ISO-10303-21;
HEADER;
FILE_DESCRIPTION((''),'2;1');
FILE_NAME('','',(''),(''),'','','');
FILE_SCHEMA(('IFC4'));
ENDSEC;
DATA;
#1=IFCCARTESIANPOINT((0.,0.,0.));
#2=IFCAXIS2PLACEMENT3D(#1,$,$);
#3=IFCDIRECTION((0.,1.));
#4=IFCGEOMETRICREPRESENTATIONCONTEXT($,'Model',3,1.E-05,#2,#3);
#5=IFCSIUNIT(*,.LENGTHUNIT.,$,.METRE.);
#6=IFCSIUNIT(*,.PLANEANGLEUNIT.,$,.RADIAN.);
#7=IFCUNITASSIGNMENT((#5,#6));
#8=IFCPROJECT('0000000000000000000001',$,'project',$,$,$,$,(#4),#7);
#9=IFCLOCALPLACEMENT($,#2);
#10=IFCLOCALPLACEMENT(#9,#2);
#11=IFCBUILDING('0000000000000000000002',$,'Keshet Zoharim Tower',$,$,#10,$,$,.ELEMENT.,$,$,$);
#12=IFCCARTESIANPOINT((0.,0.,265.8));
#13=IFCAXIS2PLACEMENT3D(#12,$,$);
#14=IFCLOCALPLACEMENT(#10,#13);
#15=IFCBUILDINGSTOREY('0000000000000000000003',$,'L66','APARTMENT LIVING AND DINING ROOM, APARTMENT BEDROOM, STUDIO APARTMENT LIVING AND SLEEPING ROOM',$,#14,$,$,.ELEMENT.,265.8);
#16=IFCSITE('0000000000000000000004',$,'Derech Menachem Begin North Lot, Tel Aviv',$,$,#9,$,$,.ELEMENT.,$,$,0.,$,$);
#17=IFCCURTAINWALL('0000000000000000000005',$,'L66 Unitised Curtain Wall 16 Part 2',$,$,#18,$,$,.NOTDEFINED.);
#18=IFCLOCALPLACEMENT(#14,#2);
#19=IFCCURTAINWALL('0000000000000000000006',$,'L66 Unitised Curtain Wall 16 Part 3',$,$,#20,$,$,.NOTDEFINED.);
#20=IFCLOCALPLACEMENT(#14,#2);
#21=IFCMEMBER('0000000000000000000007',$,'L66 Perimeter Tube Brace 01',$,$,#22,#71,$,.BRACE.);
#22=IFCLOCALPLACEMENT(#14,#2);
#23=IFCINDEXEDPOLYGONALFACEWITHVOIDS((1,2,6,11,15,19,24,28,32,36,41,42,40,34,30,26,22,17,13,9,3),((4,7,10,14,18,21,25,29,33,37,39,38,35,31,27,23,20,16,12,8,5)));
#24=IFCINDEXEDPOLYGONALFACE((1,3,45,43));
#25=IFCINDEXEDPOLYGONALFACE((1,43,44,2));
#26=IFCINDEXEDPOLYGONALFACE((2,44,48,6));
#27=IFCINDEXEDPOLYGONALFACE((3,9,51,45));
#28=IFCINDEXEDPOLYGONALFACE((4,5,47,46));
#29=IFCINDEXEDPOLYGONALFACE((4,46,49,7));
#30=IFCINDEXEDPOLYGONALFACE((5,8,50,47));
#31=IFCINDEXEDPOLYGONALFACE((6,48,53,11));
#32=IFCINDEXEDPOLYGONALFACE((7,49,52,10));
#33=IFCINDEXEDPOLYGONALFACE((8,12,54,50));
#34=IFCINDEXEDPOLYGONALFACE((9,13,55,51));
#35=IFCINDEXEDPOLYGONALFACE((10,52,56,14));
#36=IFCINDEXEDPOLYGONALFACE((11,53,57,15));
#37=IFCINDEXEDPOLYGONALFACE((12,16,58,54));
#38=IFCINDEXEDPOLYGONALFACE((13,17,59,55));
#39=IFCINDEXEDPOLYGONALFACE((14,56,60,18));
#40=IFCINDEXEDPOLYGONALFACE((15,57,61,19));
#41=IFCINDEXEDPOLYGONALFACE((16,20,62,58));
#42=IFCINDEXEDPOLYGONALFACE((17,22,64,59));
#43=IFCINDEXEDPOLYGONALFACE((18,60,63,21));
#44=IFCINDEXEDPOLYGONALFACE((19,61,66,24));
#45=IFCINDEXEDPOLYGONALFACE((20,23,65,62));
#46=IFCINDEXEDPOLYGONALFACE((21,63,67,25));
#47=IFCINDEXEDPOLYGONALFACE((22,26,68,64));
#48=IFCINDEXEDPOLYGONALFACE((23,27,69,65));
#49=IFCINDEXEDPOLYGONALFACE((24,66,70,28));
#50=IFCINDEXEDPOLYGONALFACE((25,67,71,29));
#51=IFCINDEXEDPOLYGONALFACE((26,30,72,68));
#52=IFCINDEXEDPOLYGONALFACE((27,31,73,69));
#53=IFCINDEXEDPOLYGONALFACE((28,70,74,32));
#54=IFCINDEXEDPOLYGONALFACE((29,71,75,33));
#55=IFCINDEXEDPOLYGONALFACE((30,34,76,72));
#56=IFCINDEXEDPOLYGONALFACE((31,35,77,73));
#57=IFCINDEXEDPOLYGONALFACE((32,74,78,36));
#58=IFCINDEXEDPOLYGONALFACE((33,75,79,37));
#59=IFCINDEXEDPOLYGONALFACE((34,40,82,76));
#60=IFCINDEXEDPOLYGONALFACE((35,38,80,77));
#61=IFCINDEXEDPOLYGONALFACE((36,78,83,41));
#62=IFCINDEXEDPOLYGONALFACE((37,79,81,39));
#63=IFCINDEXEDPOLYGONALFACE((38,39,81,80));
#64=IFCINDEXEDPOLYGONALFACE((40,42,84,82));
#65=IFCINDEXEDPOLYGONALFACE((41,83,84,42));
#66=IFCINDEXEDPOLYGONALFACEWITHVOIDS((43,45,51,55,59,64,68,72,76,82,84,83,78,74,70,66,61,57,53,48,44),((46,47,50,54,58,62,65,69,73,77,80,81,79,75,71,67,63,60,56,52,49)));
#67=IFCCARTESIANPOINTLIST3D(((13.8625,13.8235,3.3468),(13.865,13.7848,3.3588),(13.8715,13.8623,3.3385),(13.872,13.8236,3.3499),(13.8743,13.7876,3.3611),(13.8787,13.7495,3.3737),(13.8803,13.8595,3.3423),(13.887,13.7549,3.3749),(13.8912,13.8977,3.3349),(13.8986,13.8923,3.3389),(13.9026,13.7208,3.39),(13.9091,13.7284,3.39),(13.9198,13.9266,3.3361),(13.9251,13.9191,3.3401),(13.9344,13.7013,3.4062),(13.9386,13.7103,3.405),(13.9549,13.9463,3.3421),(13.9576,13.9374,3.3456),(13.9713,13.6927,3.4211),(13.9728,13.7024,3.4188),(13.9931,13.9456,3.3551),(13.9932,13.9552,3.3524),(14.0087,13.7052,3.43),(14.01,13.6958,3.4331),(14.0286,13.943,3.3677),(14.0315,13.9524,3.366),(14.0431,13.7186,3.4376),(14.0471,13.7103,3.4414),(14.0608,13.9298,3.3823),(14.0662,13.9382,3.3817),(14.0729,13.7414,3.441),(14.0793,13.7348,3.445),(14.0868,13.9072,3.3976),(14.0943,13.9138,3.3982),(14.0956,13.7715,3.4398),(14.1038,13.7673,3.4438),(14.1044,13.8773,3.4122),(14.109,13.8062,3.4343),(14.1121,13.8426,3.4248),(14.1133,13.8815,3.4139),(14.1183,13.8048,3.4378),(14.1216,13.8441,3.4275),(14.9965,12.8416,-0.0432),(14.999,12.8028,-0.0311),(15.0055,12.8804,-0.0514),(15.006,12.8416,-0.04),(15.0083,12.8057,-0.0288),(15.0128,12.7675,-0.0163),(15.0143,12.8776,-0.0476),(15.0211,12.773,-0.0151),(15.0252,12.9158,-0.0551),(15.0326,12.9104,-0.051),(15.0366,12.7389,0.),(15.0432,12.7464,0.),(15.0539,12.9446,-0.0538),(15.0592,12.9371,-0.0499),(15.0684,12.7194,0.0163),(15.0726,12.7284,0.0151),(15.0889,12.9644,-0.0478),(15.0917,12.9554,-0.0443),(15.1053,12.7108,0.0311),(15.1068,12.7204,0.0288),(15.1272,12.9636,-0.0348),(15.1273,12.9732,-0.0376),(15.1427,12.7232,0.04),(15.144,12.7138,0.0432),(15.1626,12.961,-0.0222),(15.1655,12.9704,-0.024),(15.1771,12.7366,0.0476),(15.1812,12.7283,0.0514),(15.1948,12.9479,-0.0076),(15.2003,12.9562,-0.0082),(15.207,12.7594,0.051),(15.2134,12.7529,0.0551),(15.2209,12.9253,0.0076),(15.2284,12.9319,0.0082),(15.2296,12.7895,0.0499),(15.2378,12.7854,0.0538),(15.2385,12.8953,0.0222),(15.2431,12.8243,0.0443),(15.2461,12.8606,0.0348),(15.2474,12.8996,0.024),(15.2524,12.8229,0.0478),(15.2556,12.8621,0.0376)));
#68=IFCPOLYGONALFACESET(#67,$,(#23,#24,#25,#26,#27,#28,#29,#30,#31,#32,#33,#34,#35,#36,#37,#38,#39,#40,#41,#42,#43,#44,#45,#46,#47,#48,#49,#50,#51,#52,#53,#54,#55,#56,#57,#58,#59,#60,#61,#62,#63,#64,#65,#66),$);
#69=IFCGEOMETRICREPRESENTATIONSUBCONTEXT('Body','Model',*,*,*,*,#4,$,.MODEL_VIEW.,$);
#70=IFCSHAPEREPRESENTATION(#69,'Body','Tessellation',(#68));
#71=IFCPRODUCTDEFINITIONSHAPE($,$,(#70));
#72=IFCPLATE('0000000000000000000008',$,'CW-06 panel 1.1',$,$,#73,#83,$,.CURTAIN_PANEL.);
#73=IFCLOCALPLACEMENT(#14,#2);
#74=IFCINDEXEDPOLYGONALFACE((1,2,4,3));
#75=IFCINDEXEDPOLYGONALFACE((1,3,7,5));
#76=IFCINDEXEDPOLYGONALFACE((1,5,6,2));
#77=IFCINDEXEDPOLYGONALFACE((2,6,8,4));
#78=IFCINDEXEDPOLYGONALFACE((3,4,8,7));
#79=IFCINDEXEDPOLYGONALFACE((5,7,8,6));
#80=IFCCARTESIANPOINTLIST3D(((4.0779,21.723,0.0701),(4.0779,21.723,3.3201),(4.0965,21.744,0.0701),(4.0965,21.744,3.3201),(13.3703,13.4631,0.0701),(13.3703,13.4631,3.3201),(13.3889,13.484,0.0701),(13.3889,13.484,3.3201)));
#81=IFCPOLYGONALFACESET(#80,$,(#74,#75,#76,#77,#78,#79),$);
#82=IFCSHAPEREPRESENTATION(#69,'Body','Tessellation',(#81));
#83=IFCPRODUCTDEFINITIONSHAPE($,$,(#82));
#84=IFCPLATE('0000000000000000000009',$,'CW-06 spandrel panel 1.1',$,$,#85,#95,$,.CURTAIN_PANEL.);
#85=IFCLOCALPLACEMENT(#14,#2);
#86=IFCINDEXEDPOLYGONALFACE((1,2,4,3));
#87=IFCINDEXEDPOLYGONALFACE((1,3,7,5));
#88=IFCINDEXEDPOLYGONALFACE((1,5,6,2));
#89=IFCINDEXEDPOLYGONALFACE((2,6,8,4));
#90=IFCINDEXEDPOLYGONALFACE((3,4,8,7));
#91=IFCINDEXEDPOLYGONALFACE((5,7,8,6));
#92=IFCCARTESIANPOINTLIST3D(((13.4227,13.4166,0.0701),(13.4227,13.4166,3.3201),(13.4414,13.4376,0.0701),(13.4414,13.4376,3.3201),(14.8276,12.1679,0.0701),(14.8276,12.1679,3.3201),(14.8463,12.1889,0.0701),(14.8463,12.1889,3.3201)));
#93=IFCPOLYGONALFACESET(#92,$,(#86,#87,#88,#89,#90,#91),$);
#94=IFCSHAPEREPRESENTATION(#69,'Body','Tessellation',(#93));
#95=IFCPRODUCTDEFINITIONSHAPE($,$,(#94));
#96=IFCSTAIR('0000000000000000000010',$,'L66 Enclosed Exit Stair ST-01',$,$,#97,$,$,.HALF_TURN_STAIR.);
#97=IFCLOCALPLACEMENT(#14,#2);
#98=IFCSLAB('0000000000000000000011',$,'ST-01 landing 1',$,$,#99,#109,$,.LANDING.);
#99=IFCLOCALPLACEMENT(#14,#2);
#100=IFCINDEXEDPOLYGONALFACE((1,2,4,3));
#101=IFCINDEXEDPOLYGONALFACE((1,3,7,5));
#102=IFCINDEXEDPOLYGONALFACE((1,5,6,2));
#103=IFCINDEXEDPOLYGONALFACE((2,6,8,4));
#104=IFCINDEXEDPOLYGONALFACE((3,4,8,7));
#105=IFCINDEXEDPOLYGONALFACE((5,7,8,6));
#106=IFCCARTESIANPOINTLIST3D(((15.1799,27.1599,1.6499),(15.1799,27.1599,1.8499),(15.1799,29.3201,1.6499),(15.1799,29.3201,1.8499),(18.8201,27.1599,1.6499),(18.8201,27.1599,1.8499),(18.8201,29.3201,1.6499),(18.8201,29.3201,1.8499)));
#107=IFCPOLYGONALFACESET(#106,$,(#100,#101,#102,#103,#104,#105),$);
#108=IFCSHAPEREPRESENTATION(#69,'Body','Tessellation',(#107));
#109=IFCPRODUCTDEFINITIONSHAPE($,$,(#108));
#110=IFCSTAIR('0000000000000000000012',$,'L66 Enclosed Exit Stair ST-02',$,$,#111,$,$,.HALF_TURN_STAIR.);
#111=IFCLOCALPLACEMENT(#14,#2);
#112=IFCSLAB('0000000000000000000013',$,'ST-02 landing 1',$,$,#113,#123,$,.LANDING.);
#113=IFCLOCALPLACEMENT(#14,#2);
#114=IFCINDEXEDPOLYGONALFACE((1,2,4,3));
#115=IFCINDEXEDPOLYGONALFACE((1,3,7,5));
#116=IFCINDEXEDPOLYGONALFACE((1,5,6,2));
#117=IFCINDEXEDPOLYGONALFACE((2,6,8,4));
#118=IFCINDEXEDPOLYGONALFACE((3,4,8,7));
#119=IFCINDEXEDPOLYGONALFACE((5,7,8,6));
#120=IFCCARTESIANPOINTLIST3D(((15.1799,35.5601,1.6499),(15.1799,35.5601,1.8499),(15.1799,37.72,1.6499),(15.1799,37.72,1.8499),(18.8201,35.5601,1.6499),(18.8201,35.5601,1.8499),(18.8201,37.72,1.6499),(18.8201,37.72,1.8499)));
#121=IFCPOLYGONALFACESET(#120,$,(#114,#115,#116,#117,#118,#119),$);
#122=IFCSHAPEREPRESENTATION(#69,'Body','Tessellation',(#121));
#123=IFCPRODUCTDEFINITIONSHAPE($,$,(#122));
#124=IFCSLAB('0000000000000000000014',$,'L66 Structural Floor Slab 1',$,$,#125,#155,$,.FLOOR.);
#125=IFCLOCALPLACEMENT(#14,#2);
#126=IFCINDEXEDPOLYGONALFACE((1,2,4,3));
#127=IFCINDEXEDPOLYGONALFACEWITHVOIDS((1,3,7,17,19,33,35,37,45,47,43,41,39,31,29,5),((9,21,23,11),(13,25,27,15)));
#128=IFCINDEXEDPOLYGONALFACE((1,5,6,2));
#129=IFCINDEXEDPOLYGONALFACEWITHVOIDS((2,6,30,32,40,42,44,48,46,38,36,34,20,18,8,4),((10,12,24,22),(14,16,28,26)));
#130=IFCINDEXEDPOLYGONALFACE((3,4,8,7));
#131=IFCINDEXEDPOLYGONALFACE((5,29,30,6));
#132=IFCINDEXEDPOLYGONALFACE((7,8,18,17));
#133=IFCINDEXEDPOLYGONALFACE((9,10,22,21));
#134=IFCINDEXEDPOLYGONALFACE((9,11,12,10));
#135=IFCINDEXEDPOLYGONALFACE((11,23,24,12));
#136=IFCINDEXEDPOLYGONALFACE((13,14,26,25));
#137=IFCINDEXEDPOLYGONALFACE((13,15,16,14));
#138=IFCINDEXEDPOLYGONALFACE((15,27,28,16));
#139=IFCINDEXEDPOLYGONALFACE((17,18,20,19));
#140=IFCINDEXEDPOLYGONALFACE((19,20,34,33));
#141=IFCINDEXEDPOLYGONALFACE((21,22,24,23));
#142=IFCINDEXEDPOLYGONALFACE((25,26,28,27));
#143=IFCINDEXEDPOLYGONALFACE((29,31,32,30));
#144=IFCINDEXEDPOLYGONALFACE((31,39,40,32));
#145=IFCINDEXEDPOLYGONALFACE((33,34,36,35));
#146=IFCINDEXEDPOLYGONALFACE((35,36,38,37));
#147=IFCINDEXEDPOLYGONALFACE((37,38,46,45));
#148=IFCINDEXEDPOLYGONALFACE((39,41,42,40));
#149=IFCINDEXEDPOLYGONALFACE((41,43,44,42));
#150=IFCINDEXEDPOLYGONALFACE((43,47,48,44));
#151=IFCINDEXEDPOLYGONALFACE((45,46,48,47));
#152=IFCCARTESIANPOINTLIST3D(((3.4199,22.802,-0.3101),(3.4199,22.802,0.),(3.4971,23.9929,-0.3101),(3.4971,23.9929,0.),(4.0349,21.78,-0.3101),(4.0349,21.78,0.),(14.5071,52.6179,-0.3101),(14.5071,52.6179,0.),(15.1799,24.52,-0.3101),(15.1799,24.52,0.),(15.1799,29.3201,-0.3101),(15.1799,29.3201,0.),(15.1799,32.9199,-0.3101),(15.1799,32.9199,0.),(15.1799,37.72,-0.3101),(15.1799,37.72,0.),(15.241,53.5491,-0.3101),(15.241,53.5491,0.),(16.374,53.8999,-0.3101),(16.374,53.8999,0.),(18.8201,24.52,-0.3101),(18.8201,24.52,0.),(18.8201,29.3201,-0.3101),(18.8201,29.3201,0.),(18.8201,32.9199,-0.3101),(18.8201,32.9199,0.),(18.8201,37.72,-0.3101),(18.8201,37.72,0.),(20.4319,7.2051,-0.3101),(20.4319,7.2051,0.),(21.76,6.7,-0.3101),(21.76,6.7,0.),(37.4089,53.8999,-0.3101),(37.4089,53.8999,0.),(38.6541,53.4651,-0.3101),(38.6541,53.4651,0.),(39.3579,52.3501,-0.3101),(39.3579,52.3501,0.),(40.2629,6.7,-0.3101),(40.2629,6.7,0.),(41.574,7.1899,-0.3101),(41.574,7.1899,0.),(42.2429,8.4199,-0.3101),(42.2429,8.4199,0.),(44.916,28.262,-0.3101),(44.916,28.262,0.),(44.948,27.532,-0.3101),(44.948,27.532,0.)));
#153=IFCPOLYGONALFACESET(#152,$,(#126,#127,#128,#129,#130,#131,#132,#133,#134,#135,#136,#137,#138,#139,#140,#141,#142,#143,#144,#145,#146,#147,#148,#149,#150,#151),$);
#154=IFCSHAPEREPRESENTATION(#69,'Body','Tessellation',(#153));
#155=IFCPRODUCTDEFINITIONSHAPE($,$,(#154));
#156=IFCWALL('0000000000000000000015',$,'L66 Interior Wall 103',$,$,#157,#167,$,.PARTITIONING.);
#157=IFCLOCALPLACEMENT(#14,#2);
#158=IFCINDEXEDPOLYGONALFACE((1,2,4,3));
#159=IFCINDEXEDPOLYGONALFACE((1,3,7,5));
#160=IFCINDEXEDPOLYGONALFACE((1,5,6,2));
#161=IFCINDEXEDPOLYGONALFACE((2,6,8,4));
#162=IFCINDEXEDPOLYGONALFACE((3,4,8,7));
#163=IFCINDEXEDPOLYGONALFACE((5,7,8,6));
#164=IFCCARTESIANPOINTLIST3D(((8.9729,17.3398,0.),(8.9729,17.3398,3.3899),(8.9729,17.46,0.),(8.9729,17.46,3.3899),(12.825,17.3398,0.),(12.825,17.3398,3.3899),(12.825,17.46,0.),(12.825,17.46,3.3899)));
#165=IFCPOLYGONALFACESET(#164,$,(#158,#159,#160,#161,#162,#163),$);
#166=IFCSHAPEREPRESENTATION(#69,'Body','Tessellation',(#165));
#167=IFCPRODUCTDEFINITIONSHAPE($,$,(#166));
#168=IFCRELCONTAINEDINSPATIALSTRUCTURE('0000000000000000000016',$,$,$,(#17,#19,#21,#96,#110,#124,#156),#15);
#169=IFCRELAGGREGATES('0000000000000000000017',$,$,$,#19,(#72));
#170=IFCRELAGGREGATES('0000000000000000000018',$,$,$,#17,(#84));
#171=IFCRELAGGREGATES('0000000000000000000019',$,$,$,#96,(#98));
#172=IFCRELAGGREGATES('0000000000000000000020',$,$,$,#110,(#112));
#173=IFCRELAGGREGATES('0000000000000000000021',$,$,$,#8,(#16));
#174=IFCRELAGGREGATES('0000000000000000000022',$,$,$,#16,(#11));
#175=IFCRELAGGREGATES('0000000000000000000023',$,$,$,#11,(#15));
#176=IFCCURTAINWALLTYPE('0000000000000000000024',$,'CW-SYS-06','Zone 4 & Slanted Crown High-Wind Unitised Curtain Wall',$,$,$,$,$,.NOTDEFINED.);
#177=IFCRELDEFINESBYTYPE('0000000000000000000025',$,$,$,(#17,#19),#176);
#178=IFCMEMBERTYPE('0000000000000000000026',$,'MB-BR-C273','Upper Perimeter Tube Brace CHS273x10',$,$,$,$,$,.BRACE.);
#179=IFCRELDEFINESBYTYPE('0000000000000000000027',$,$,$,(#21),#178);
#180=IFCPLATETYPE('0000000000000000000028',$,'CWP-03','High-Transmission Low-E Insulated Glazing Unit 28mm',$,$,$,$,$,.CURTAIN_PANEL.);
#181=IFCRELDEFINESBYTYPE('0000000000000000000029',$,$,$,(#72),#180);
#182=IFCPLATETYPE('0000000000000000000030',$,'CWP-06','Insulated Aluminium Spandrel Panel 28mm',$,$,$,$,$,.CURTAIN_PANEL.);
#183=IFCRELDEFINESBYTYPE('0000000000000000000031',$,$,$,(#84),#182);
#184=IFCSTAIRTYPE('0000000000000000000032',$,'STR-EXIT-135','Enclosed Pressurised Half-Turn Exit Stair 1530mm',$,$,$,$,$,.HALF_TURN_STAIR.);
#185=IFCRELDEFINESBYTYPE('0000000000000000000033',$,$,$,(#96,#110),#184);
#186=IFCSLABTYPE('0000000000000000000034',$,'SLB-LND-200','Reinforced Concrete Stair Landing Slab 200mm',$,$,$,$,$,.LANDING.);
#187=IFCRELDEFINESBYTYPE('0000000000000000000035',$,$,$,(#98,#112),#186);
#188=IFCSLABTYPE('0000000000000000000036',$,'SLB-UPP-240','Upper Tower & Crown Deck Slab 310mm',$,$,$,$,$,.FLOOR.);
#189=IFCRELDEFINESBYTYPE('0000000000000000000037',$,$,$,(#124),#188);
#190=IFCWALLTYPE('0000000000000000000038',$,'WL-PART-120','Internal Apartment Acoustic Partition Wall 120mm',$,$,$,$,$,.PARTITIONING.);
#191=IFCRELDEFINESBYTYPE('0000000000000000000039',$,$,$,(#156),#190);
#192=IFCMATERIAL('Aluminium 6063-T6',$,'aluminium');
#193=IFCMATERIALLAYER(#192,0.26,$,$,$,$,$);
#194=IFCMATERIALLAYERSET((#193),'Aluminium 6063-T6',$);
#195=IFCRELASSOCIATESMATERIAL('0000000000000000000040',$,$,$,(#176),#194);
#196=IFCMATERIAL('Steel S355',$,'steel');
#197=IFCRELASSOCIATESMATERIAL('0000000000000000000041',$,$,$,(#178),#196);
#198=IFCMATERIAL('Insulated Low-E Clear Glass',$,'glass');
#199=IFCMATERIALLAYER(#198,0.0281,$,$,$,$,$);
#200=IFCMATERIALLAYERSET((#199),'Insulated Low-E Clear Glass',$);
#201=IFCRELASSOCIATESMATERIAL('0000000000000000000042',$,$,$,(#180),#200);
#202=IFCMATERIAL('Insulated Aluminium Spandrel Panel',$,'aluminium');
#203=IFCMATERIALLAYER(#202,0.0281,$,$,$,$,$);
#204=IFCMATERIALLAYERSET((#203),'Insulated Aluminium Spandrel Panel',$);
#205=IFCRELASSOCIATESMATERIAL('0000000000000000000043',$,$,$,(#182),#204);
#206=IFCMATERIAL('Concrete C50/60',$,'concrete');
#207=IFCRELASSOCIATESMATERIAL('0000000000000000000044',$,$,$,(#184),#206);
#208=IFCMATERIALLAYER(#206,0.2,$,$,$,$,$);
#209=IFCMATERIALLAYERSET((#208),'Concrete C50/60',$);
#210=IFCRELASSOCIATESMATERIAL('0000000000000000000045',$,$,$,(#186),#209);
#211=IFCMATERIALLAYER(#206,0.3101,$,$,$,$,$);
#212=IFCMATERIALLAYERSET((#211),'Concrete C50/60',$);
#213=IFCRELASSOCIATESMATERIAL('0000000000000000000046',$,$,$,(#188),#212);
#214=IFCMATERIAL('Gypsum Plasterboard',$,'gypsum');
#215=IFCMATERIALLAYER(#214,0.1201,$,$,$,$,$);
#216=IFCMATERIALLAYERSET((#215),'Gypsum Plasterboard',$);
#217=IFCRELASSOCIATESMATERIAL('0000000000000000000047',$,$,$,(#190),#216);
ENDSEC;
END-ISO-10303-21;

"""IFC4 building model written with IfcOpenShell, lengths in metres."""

from ifc_helpers import new_model, si_unit, direction, frame, frame_2d, origin, origin_2d, place, context, subcontext, project, spatial, polyline, rectangle, hollow_circle, outline, extrude, material, layer, layer_set, material_profile, profile_set, type_object, element, aggregate, save


model = new_model("IFC4")

# Units and contexts
model_context = context("Model", 3, precision=1e-05, world=origin(), true_north=direction((0.0, 1.0)))
body_context = subcontext(model_context, "Body", "Model", "MODEL_VIEW")
ifc_project = project(units=[si_unit("LENGTHUNIT", "METRE"), si_unit("PLANEANGLEUNIT", "RADIAN")], contexts=[model_context])

# Site, building, storey
site_placement = place(None, origin())
site = spatial("IfcSite", under=ifc_project, at=site_placement, Name="Derech Menachem Begin North Lot, Tel Aviv", CompositionType="ELEMENT", RefElevation=0.0)
building_placement = place(site_placement, origin())
building = spatial("IfcBuilding", under=site, at=building_placement, Name="Keshet Zoharim Tower", CompositionType="ELEMENT")
storey_placement = place(building_placement, frame((0.0, 0.0, 265.8)))
storey = spatial("IfcBuildingStorey", under=building, at=storey_placement, Name="L66", Description="APARTMENT LIVING AND DINING ROOM, APARTMENT BEDROOM, STUDIO APARTMENT LIVING AND SLEEPING ROOM", CompositionType="ELEMENT", Elevation=265.8)

# Shared definitions
ifc_material_1 = material(Name="Steel S355", Category="steel")
ifc_material_2 = material(Name="Concrete C50/60", Category="concrete")

# Shared definitions
ifc_material_3 = material(Name="Aluminium 6063-T6", Category="aluminium")
ifc_layer_1 = layer(ifc_material_3, 0.26)
ifc_layer_set_1 = layer_set([ifc_layer_1], Name="Aluminium 6063-T6")
curtain_wall_type = type_object("IfcCurtainWallType", Name="CW-SYS-06", Description="Zone 4 & Slanted Crown High-Wind Unitised Curtain Wall", PredefinedType="NOTDEFINED", material=ifc_layer_set_1)

# Curtain walls
curtain_wall_1_placement = place(storey_placement, origin())
curtain_wall_1 = element("IfcCurtainWall", 1, at=curtain_wall_1_placement, inside=storey, type_object=curtain_wall_type, Name="L66 Unitised Curtain Wall 16 Part 2", PredefinedType="NOTDEFINED")
curtain_wall_2_placement = place(storey_placement, origin())
curtain_wall_2 = element("IfcCurtainWall", 2, at=curtain_wall_2_placement, inside=storey, type_object=curtain_wall_type, Name="L66 Unitised Curtain Wall 16 Part 3", PredefinedType="NOTDEFINED")

# Member
ifc_material_profile_1 = material_profile(ifc_material_1, hollow_circle(Radius=0.1365, WallThickness=0.01, at=origin_2d()), Name="CHS273x10")
ifc_profile_set_1 = profile_set([ifc_material_profile_1], Name="Steel S355")
member_type_1 = type_object("IfcMemberType", Name="MB-BR-C273", Description="Upper Perimeter Tube Brace CHS273x10", PredefinedType="BRACE", material=ifc_profile_set_1)
member_1_placement = place(storey_placement, frame((15.126, 12.842, 0.0), z_axis=(-0.30592, 0.264889, 0.914466), x_axis=(-0.65459, -0.755984, 0.0)))
element("IfcMember", 3, at=member_1_placement, inside=storey, type_object=member_type_1, Name="L66 Perimeter Tube Brace 01", PredefinedType="BRACE", context=body_context, shape_type="SweptSolid", body=[
    extrude(hollow_circle(Radius=0.1365, WallThickness=0.01, at=origin_2d()), origin(), (0.0, 0.0, 1.0), 3.707),
])

# Plates
ifc_material_4 = material(Name="Insulated Low-E Clear Glass", Category="glass")
ifc_layer_2 = layer(ifc_material_4, 0.0281)
ifc_layer_set_2 = layer_set([ifc_layer_2], Name="Insulated Low-E Clear Glass")
plate_type_1 = type_object("IfcPlateType", Name="CWP-03", Description="High-Transmission Low-E Insulated Glazing Unit 28mm", PredefinedType="CURTAIN_PANEL", material=ifc_layer_set_2)
plate_1_placement = place(storey_placement, frame((8.7334, 17.6035, 0.0701), z_axis=(0.0, 0.0, 1.0), x_axis=(-0.747409, 0.664364, 0.0)))
plate_1 = element("IfcPlate", 4, at=plate_1_placement, type_object=plate_type_1, Name="CW-06 panel 1.1", PredefinedType="CURTAIN_PANEL", context=body_context, shape_type="SweptSolid", body=[
    extrude(rectangle(XDim=12.4329, YDim=0.0281, at=origin_2d()), origin(), (0.0, 0.0, 1.0), 3.25),
])
aggregate(curtain_wall_2, [plate_1])
ifc_material_5 = material(Name="Insulated Aluminium Spandrel Panel", Category="aluminium")
ifc_layer_3 = layer(ifc_material_5, 0.0281)
ifc_layer_set_3 = layer_set([ifc_layer_3], Name="Insulated Aluminium Spandrel Panel")
plate_type_2 = type_object("IfcPlateType", Name="CWP-06", Description="Insulated Aluminium Spandrel Panel 28mm", PredefinedType="CURTAIN_PANEL", material=ifc_layer_set_3)
plate_2_placement = place(storey_placement, frame((14.1345, 12.8027, 0.0701), z_axis=(0.0, 0.0, 1.0), x_axis=(-0.747432, 0.664338, 0.0)))
plate_2 = element("IfcPlate", 5, at=plate_2_placement, type_object=plate_type_2, Name="CW-06 spandrel panel 1.1", PredefinedType="CURTAIN_PANEL", context=body_context, shape_type="SweptSolid", body=[
    extrude(rectangle(XDim=1.8796, YDim=0.0281, at=origin_2d()), origin(), (0.0, 0.0, 1.0), 3.25),
])
aggregate(curtain_wall_1, [plate_2])

# Stairs, slabs
stair_type = type_object("IfcStairType", Name="STR-EXIT-135", Description="Enclosed Pressurised Half-Turn Exit Stair 1530mm", PredefinedType="HALF_TURN_STAIR", material=ifc_material_2)
stair_1_placement = place(storey_placement, origin())
stair_1 = element("IfcStair", 6, at=stair_1_placement, inside=storey, type_object=stair_type, Name="L66 Enclosed Exit Stair ST-01", PredefinedType="HALF_TURN_STAIR")
ifc_layer_4 = layer(ifc_material_2, 0.2)
ifc_layer_set_4 = layer_set([ifc_layer_4], Name="Concrete C50/60")
slab_type_1 = type_object("IfcSlabType", Name="SLB-LND-200", Description="Reinforced Concrete Stair Landing Slab 200mm", PredefinedType="LANDING", material=ifc_layer_set_4)
slab_1_placement = place(storey_placement, frame((0.0, 0.0, 1.6499)))
slab_1 = element("IfcSlab", 7, at=slab_1_placement, type_object=slab_type_1, Name="ST-01 landing 1", PredefinedType="LANDING", context=body_context, shape_type="SweptSolid", body=[
    extrude(outline(polyline([(15.1799, 27.1599), (18.8201, 27.1599), (18.8201, 29.3201), (15.1799, 29.3201), (15.1799, 27.1599)])), origin(), (0.0, 0.0, 1.0), 0.2),
])
aggregate(stair_1, [slab_1])
stair_2_placement = place(storey_placement, origin())
stair_2 = element("IfcStair", 8, at=stair_2_placement, inside=storey, type_object=stair_type, Name="L66 Enclosed Exit Stair ST-02", PredefinedType="HALF_TURN_STAIR")
slab_2_placement = place(storey_placement, frame((0.0, 0.0, 1.6499)))
slab_2 = element("IfcSlab", 9, at=slab_2_placement, type_object=slab_type_1, Name="ST-02 landing 1", PredefinedType="LANDING", context=body_context, shape_type="SweptSolid", body=[
    extrude(outline(polyline([(15.1799, 35.5601), (18.8201, 35.5601), (18.8201, 37.72), (15.1799, 37.72), (15.1799, 35.5601)])), origin(), (0.0, 0.0, 1.0), 0.2),
])
aggregate(stair_2, [slab_2])

# Slab
ifc_layer_5 = layer(ifc_material_2, 0.3101)
ifc_layer_set_5 = layer_set([ifc_layer_5], Name="Concrete C50/60")
slab_type_2 = type_object("IfcSlabType", Name="SLB-UPP-240", Description="Upper Tower & Crown Deck Slab 310mm", PredefinedType="FLOOR", material=ifc_layer_set_5)
slab_3_placement = place(storey_placement, frame((0.0, 0.0, -0.3101)))
element("IfcSlab", 10, at=slab_3_placement, inside=storey, type_object=slab_type_2, Name="L66 Structural Floor Slab 1", PredefinedType="FLOOR", context=body_context, shape_type="SweptSolid", body=[
    extrude(outline(polyline([(4.0349, 21.78), (3.4199, 22.802), (3.4971, 23.9929), (14.5071, 52.6179), (15.241, 53.5491), (16.374, 53.8999), (37.4089, 53.8999), (38.6541, 53.4651), (39.3579, 52.3501), (44.916, 28.262), (44.948, 27.532), (42.2429, 8.4199), (41.574, 7.1899), (40.2629, 6.7), (21.76, 6.7), (20.4319, 7.2051), (4.0349, 21.78)]), holes=[polyline([(15.1799, 24.52), (18.8201, 24.52), (18.8201, 29.3201), (15.1799, 29.3201), (15.1799, 24.52)]), polyline([(15.1799, 32.9199), (18.8201, 32.9199), (18.8201, 37.72), (15.1799, 37.72), (15.1799, 32.9199)])]), origin(), (0.0, 0.0, 1.0), 0.3101),
])

# Shared definitions
ifc_material_6 = material(Name="Gypsum Plasterboard", Category="gypsum")

# Wall
ifc_layer_6 = layer(ifc_material_6, 0.1201)
ifc_layer_set_6 = layer_set([ifc_layer_6], Name="Gypsum Plasterboard")
wall_type_1 = type_object("IfcWallType", Name="WL-PART-120", Description="Internal Apartment Acoustic Partition Wall 120mm", PredefinedType="PARTITIONING", material=ifc_layer_set_6)
wall_1_placement = place(storey_placement, frame((8.9729, 17.3999, 0.0), z_axis=(0.0, 0.0, 1.0), x_axis=(1.0, 0.0, 0.0)))
element("IfcWall", 11, at=wall_1_placement, inside=storey, type_object=wall_type_1, Name="L66 Interior Wall 103", PredefinedType="PARTITIONING", context=body_context, shape_type="SweptSolid", body=[
    extrude(rectangle(XDim=3.8521, YDim=0.1201, at=frame_2d((1.926, 0.0))), origin(), (0.0, 0.0, 1.0), 3.3899),
])

save(model, "model.ifc")
